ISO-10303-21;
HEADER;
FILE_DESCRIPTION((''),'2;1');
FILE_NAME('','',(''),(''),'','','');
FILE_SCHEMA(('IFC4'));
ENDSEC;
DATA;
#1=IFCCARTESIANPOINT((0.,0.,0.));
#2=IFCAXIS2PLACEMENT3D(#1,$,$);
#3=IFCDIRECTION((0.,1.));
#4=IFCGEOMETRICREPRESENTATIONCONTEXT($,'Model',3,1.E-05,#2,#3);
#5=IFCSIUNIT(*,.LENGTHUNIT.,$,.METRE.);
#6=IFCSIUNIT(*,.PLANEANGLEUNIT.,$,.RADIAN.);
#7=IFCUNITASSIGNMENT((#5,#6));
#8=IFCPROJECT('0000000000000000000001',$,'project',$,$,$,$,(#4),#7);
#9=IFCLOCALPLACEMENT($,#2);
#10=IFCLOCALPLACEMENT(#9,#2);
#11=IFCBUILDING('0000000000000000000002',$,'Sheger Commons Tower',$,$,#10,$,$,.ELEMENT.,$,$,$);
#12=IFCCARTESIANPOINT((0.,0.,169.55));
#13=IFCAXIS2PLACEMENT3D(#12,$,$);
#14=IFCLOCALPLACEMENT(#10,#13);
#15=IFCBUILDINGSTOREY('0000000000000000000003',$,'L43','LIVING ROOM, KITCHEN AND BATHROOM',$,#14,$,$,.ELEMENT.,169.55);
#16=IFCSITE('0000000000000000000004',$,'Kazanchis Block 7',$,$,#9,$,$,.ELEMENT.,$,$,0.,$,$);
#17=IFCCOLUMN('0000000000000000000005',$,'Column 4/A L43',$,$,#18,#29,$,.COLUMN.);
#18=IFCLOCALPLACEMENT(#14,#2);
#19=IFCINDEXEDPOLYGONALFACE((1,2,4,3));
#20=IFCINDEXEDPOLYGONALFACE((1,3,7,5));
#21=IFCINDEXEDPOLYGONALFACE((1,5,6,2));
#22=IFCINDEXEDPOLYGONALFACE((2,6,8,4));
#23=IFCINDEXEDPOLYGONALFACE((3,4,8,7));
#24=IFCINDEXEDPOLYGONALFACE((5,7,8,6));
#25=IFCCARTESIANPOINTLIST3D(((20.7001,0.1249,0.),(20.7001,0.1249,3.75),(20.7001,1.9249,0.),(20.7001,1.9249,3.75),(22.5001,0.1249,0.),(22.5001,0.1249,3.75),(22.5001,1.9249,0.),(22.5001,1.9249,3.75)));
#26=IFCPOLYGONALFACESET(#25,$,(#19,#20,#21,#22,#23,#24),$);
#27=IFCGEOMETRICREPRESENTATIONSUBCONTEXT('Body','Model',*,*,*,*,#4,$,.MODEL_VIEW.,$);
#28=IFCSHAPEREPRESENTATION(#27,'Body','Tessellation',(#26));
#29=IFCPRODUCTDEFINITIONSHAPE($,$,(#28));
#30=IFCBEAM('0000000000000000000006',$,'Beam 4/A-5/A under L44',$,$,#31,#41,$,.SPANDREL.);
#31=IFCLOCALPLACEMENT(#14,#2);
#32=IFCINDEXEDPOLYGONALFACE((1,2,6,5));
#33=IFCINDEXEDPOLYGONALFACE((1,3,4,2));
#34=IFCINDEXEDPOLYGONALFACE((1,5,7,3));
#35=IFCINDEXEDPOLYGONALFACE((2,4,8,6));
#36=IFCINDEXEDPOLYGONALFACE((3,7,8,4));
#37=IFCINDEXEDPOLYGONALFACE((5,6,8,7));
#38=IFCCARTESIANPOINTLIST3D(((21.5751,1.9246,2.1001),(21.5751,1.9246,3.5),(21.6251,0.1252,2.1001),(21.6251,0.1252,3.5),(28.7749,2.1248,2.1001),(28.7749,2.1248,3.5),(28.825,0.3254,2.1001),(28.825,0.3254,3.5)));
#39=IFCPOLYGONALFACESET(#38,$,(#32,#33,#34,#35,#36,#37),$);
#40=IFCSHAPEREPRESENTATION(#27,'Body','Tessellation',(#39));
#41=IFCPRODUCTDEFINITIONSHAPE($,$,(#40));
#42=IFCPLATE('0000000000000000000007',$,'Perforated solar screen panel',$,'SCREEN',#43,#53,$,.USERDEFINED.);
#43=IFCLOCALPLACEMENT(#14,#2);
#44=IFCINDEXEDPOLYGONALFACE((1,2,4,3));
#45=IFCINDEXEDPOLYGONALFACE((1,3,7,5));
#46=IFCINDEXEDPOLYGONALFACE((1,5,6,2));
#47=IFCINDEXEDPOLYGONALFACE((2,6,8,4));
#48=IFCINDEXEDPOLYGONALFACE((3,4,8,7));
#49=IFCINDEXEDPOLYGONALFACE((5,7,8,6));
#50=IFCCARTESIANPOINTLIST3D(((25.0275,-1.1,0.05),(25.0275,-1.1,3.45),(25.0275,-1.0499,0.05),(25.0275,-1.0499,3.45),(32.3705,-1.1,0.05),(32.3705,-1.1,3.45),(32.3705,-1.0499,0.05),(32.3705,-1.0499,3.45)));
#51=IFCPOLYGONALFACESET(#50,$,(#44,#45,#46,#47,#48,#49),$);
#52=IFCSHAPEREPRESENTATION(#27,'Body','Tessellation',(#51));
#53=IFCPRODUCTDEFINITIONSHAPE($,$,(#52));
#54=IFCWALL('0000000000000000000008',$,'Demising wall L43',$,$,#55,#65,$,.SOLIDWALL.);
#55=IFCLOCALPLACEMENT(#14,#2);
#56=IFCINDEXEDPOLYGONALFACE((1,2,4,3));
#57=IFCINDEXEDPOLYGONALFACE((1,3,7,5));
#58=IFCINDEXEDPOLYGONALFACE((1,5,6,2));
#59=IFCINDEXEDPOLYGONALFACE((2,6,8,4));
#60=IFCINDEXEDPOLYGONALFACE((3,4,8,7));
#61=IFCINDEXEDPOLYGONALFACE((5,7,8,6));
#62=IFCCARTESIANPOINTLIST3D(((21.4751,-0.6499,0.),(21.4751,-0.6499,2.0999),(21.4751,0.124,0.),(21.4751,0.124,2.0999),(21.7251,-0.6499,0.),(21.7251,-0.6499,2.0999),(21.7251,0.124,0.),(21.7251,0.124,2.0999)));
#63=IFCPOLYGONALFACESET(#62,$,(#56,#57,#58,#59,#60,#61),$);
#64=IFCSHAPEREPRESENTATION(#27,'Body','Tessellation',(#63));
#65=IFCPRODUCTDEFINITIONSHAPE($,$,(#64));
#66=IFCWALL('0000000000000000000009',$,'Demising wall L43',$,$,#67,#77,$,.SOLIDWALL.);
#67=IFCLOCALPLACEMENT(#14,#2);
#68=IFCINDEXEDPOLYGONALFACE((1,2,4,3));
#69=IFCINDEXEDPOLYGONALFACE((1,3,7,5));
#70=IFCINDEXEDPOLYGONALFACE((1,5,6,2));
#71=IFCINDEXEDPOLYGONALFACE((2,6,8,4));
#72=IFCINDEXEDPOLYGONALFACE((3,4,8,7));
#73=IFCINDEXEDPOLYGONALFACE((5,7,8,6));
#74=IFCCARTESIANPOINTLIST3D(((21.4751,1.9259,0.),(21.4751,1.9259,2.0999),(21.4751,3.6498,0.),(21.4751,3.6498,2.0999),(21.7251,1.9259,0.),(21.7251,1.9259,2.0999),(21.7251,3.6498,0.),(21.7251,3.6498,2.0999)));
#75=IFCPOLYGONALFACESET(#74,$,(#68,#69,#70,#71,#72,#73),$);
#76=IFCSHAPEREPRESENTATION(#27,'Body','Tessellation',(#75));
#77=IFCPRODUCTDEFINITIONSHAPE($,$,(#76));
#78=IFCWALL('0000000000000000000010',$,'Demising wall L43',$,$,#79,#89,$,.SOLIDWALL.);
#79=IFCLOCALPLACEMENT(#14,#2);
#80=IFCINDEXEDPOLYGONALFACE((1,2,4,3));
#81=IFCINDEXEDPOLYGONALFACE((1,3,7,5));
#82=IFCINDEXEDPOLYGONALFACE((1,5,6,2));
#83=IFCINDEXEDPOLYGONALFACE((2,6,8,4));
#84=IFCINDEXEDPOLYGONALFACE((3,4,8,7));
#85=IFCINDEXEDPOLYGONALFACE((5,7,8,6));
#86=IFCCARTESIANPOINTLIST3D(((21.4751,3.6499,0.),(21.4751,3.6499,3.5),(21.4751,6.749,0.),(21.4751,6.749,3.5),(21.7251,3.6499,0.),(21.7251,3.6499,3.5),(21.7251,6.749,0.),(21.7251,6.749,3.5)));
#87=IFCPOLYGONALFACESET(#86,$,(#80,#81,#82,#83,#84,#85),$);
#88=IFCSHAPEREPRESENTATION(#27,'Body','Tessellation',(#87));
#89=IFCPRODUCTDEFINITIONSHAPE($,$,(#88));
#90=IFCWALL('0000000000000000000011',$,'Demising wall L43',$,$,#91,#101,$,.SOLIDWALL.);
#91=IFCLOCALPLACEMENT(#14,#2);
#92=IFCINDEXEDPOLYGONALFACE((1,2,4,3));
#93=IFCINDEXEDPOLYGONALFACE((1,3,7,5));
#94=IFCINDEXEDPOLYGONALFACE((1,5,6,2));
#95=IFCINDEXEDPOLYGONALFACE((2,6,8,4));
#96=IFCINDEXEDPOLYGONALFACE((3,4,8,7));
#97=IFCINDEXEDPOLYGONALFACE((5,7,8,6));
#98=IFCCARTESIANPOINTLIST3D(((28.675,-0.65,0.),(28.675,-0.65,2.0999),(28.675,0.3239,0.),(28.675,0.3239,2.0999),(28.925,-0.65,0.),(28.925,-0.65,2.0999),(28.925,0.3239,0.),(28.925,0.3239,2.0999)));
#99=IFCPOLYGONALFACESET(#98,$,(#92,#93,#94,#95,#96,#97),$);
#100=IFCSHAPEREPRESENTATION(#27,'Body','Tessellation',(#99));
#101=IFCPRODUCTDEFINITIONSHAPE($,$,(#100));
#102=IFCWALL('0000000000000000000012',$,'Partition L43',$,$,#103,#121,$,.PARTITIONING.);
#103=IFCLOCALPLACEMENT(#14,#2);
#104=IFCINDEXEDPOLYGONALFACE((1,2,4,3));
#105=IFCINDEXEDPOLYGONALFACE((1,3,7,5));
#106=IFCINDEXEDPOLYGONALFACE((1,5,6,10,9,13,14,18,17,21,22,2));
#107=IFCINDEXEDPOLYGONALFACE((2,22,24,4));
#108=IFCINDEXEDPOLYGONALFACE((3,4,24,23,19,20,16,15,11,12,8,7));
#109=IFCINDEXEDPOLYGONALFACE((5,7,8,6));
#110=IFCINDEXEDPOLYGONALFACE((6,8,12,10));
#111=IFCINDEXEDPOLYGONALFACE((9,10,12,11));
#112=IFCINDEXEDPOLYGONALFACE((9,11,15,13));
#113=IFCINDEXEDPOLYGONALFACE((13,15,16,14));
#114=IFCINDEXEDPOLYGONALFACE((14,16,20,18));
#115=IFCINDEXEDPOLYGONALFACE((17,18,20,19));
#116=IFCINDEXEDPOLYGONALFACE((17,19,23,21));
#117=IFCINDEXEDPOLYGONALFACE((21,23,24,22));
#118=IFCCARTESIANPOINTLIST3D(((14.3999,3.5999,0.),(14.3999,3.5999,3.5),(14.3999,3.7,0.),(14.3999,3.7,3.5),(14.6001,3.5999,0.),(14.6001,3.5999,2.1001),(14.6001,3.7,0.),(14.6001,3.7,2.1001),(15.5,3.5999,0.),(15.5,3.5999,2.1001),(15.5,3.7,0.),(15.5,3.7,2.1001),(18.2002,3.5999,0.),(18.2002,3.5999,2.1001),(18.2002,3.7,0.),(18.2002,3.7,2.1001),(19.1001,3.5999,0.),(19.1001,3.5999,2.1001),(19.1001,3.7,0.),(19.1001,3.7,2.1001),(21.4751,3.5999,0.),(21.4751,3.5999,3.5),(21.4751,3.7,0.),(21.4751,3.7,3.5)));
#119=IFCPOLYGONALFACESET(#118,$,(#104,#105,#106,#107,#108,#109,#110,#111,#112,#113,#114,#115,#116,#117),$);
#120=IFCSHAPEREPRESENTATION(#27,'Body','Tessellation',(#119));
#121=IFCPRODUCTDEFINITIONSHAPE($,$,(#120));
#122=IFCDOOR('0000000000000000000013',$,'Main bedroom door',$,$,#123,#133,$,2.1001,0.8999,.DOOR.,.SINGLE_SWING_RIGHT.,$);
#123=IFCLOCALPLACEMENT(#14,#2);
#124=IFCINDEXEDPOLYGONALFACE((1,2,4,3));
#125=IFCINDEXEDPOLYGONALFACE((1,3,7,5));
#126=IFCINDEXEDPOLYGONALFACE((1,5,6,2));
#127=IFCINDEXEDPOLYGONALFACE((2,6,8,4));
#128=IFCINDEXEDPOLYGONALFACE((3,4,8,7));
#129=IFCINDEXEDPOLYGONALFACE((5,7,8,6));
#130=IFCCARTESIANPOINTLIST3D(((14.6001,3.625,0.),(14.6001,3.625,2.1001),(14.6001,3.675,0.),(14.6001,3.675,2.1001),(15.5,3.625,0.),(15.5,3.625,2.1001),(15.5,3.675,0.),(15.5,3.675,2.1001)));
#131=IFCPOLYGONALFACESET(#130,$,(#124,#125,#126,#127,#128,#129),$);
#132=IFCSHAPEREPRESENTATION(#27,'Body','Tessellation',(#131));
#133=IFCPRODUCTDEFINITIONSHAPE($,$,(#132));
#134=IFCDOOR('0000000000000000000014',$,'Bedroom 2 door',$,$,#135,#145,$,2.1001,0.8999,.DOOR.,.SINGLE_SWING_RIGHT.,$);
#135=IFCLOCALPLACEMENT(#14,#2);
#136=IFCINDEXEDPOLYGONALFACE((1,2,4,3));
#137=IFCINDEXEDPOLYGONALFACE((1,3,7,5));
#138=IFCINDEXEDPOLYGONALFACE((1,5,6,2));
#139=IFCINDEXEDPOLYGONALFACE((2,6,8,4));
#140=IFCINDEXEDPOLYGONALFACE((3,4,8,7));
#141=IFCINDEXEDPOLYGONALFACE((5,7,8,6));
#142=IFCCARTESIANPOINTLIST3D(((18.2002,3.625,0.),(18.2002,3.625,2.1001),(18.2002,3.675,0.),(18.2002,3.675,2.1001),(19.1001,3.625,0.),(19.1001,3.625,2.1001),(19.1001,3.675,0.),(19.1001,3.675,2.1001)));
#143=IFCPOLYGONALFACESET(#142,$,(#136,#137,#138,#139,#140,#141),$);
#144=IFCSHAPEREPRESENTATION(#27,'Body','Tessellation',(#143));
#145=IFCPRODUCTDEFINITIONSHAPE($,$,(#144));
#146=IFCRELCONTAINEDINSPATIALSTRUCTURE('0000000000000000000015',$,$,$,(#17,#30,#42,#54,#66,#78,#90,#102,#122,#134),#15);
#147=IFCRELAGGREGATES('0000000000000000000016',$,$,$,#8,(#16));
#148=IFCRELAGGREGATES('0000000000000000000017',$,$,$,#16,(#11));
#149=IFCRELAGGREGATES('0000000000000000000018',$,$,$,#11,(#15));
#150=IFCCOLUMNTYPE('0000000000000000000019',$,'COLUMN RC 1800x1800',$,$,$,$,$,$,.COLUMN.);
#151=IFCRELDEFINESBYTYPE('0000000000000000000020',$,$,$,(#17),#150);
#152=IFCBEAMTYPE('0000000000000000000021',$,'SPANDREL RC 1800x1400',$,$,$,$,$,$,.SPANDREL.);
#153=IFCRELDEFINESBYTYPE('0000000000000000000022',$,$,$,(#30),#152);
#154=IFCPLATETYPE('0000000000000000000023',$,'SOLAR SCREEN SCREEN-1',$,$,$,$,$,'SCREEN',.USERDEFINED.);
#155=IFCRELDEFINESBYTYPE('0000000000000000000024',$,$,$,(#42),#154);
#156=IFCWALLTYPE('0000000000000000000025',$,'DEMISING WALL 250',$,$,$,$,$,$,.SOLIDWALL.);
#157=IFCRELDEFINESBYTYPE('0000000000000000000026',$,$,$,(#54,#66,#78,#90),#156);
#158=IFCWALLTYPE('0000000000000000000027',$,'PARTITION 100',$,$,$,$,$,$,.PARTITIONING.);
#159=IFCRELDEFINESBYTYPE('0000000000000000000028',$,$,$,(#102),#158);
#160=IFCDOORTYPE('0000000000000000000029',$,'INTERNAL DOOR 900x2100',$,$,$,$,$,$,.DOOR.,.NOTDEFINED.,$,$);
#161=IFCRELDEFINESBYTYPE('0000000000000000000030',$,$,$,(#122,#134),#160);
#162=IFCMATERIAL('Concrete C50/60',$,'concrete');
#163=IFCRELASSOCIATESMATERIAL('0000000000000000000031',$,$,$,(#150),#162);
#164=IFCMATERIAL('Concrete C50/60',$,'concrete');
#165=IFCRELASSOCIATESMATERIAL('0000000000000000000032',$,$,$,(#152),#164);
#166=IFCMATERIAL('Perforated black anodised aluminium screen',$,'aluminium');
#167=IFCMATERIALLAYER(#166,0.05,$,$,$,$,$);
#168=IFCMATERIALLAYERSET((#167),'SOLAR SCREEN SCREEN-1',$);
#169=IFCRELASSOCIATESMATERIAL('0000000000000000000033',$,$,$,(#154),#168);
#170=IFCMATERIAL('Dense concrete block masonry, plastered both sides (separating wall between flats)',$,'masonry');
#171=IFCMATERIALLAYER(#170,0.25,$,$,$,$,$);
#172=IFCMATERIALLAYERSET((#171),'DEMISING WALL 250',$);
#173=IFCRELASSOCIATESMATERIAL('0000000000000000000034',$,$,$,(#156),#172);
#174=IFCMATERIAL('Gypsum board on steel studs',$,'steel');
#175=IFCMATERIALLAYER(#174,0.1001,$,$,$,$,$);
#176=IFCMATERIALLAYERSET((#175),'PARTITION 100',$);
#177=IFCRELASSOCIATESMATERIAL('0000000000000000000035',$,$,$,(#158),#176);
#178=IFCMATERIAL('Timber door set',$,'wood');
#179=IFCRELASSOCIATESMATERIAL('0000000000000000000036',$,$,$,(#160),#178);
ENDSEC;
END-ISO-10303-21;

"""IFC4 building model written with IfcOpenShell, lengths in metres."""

from ifc_helpers import new_model, si_unit, direction, frame, frame_2d, origin, origin_2d, place, context, subcontext, project, spatial, rectangle, extrude, material, layer, layer_set, material_profile, profile_set, type_object, element, fill, save


model = new_model("IFC4")

# Units and contexts
model_context = context("Model", 3, precision=1e-05, world=origin(), true_north=direction((0.0, 1.0)))
body_context = subcontext(model_context, "Body", "Model", "MODEL_VIEW")
ifc_project = project(units=[si_unit("LENGTHUNIT", "METRE"), si_unit("PLANEANGLEUNIT", "RADIAN")], contexts=[model_context])

# Site, building, storey
site_placement = place(None, origin())
site = spatial("IfcSite", under=ifc_project, at=site_placement, Name="Kazanchis Block 7", CompositionType="ELEMENT", RefElevation=0.0)
building_placement = place(site_placement, origin())
building = spatial("IfcBuilding", under=site, at=building_placement, Name="Sheger Commons Tower", CompositionType="ELEMENT")
storey_placement = place(building_placement, frame((0.0, 0.0, 169.55)))
storey = spatial("IfcBuildingStorey", under=building, at=storey_placement, Name="L43", Description="LIVING ROOM, KITCHEN AND BATHROOM", CompositionType="ELEMENT", Elevation=169.55)

# Column
ifc_material_1 = material(Name="Concrete C50/60", Category="concrete")
ifc_material_profile_1 = material_profile(ifc_material_1, rectangle(XDim=1.8, YDim=1.8, at=origin_2d()), Name="RC 1800x1800")
ifc_profile_set_1 = profile_set([ifc_material_profile_1], Name="Concrete C50/60")
column_type = type_object("IfcColumnType", Name="COLUMN RC 1800x1800", PredefinedType="COLUMN", material=ifc_profile_set_1)
column_placement = place(storey_placement, frame((21.6001, 1.0249, 0.0), z_axis=(0.0, 0.0, 1.0), x_axis=(1.0, 0.0, 0.0)))
element("IfcColumn", 1, at=column_placement, inside=storey, type_object=column_type, Name="Column 4/A L43", PredefinedType="COLUMN", context=body_context, shape_type="SweptSolid", body=[
    extrude(rectangle(XDim=1.8, YDim=1.8, at=origin_2d()), origin(), (0.0, 0.0, 1.0), 3.75),
])

# Beam
ifc_material_2 = material(Name="Concrete C50/60", Category="concrete")
ifc_material_profile_2 = material_profile(ifc_material_2, rectangle(XDim=1.8, YDim=1.3999, at=origin_2d()), Name="RC 1800x1400")
ifc_profile_set_2 = profile_set([ifc_material_profile_2], Name="Concrete C50/60")
beam_type = type_object("IfcBeamType", Name="SPANDREL RC 1800x1400", PredefinedType="SPANDREL", material=ifc_profile_set_2)
beam_placement = place(storey_placement, frame((21.6001, 1.0249, 2.8), z_axis=(0.999614, 0.027794, 0.0), x_axis=(-0.027794, 0.999614, 0.0)))
element("IfcBeam", 2, at=beam_placement, inside=storey, type_object=beam_type, Name="Beam 4/A-5/A under L44", PredefinedType="SPANDREL", context=body_context, shape_type="SweptSolid", body=[
    extrude(rectangle(XDim=1.8, YDim=1.3999, at=origin_2d()), origin(), (0.0, 0.0, 1.0), 7.2026),
])

# Plate
ifc_material_3 = material(Name="Perforated black anodised aluminium screen", Category="aluminium")
ifc_layer_1 = layer(ifc_material_3, 0.05)
ifc_layer_set_1 = layer_set([ifc_layer_1], Name="SOLAR SCREEN SCREEN-1")
plate_type = type_object("IfcPlateType", Name="SOLAR SCREEN SCREEN-1", ElementType="SCREEN", PredefinedType="USERDEFINED", material=ifc_layer_set_1)
plate_placement = place(storey_placement, frame((28.699, -1.075, 0.05), z_axis=(0.0, 0.0, 1.0), x_axis=(1.0, 0.0, 0.0)))
element("IfcPlate", 3, at=plate_placement, inside=storey, type_object=plate_type, Name="Perforated solar screen panel", ObjectType="SCREEN", PredefinedType="USERDEFINED", context=body_context, shape_type="SweptSolid", body=[
    extrude(rectangle(XDim=7.343, YDim=0.05, at=origin_2d()), origin(), (0.0, 0.0, 1.0), 3.3999),
])

# Walls
ifc_material_4 = material(Name="Dense concrete block masonry, plastered both sides (separating wall between flats)", Category="masonry")
ifc_layer_2 = layer(ifc_material_4, 0.25)
ifc_layer_set_2 = layer_set([ifc_layer_2], Name="DEMISING WALL 250")
wall_type_1 = type_object("IfcWallType", Name="DEMISING WALL 250", PredefinedType="SOLIDWALL", material=ifc_layer_set_2)
wall_1_placement = place(storey_placement, frame((21.6001, -0.6499, 0.0), z_axis=(0.0, 0.0, 1.0), x_axis=(0.0, 1.0, 0.0)))
element("IfcWall", 4, at=wall_1_placement, inside=storey, type_object=wall_type_1, Name="Demising wall L43", PredefinedType="SOLIDWALL", context=body_context, shape_type="SweptSolid", body=[
    extrude(rectangle(XDim=0.7739, YDim=0.25, at=frame_2d((0.387, 0.0))), origin(), (0.0, 0.0, 1.0), 2.0999),
])
wall_2_placement = place(storey_placement, frame((21.6001, 1.926, 0.0), z_axis=(0.0, 0.0, 1.0), x_axis=(0.0, 1.0, 0.0)))
element("IfcWall", 5, at=wall_2_placement, inside=storey, type_object=wall_type_1, Name="Demising wall L43", PredefinedType="SOLIDWALL", context=body_context, shape_type="SweptSolid", body=[
    extrude(rectangle(XDim=1.7239, YDim=0.25, at=frame_2d((0.8618, 0.0))), origin(), (0.0, 0.0, 1.0), 2.0999),
])
wall_3_placement = place(storey_placement, frame((21.6001, 3.6499, 0.0), z_axis=(0.0, 0.0, 1.0), x_axis=(0.0, 1.0, 0.0)))
element("IfcWall", 6, at=wall_3_placement, inside=storey, type_object=wall_type_1, Name="Demising wall L43", PredefinedType="SOLIDWALL", context=body_context, shape_type="SweptSolid", body=[
    extrude(rectangle(XDim=3.0991, YDim=0.25, at=frame_2d((1.5496, 0.0))), origin(), (0.0, 0.0, 1.0), 3.5),
])
wall_4_placement = place(storey_placement, frame((28.8, -0.6499, 0.0), z_axis=(0.0, 0.0, 1.0), x_axis=(0.0, 1.0, 0.0)))
element("IfcWall", 7, at=wall_4_placement, inside=storey, type_object=wall_type_1, Name="Demising wall L43", PredefinedType="SOLIDWALL", context=body_context, shape_type="SweptSolid", body=[
    extrude(rectangle(XDim=0.9739, YDim=0.25, at=frame_2d((0.4868, 0.0))), origin(), (0.0, 0.0, 1.0), 2.0999),
])

# Wall, openings, doors
ifc_material_5 = material(Name="Gypsum board on steel studs", Category="steel")
ifc_layer_3 = layer(ifc_material_5, 0.1001)
ifc_layer_set_3 = layer_set([ifc_layer_3], Name="PARTITION 100")
wall_type_2 = type_object("IfcWallType", Name="PARTITION 100", PredefinedType="PARTITIONING", material=ifc_layer_set_3)
wall_5_placement = place(storey_placement, frame((21.4751, 3.6499, 0.0), z_axis=(0.0, 0.0, 1.0), x_axis=(-1.0, 0.0, 0.0)))
wall_5 = element("IfcWall", 8, at=wall_5_placement, inside=storey, type_object=wall_type_2, Name="Partition L43", PredefinedType="PARTITIONING", context=body_context, shape_type="SweptSolid", body=[
    extrude(rectangle(XDim=7.0752, YDim=0.1001, at=frame_2d((3.5376, 0.0))), origin(), (0.0, 0.0, 1.0), 3.5),
])
opening_1_placement = place(wall_5_placement, frame((5.9751, 0.0, 0.0)))
opening_1 = element("IfcOpeningElement", 9, at=opening_1_placement, cuts=wall_5, PredefinedType="OPENING", context=body_context, shape_type="SweptSolid", body=[
    extrude(rectangle(XDim=0.8999, YDim=2.1001, at=frame_2d((0.45, 1.05))), frame((0.0, 0.0601, 0.0), z_axis=(0.0, -1.0, 0.0), x_axis=(1.0, 0.0, 0.0)), (0.0, 0.0, 1.0), 0.1201),
])
opening_2_placement = place(wall_5_placement, frame((2.375, 0.0, 0.0)))
opening_2 = element("IfcOpeningElement", 10, at=opening_2_placement, cuts=wall_5, PredefinedType="OPENING", context=body_context, shape_type="SweptSolid", body=[
    extrude(rectangle(XDim=0.8999, YDim=2.1001, at=frame_2d((0.45, 1.05))), frame((0.0, 0.0601, 0.0), z_axis=(0.0, -1.0, 0.0), x_axis=(1.0, 0.0, 0.0)), (0.0, 0.0, 1.0), 0.1201),
])
ifc_material_6 = material(Name="Timber door set", Category="wood")
door_type = type_object("IfcDoorType", Name="INTERNAL DOOR 900x2100", OperationType="NOTDEFINED", PredefinedType="DOOR", material=ifc_material_6)
door_1_placement = place(opening_1_placement, origin())
door_1 = element("IfcDoor", 11, at=door_1_placement, inside=storey, type_object=door_type, Name="Main bedroom door", OperationType="SINGLE_SWING_RIGHT", OverallHeight=2.1001, OverallWidth=0.8999, PredefinedType="DOOR", context=body_context, shape_type="SweptSolid", body=[
    extrude(rectangle(XDim=0.8999, YDim=2.1001, at=frame_2d((0.45, 1.05))), frame((0.0, 0.0249, 0.0), z_axis=(0.0, -1.0, 0.0), x_axis=(1.0, 0.0, 0.0)), (0.0, 0.0, 1.0), 0.05),
])
fill(opening_1, door_1)
door_2_placement = place(opening_2_placement, origin())
door_2 = element("IfcDoor", 12, at=door_2_placement, inside=storey, type_object=door_type, Name="Bedroom 2 door", OperationType="SINGLE_SWING_RIGHT", OverallHeight=2.1001, OverallWidth=0.8999, PredefinedType="DOOR", context=body_context, shape_type="SweptSolid", body=[
    extrude(rectangle(XDim=0.8999, YDim=2.1001, at=frame_2d((0.45, 1.05))), frame((0.0, 0.0249, 0.0), z_axis=(0.0, -1.0, 0.0), x_axis=(1.0, 0.0, 0.0)), (0.0, 0.0, 1.0), 0.05),
])
fill(opening_2, door_2)

save(model, "model.ifc")
